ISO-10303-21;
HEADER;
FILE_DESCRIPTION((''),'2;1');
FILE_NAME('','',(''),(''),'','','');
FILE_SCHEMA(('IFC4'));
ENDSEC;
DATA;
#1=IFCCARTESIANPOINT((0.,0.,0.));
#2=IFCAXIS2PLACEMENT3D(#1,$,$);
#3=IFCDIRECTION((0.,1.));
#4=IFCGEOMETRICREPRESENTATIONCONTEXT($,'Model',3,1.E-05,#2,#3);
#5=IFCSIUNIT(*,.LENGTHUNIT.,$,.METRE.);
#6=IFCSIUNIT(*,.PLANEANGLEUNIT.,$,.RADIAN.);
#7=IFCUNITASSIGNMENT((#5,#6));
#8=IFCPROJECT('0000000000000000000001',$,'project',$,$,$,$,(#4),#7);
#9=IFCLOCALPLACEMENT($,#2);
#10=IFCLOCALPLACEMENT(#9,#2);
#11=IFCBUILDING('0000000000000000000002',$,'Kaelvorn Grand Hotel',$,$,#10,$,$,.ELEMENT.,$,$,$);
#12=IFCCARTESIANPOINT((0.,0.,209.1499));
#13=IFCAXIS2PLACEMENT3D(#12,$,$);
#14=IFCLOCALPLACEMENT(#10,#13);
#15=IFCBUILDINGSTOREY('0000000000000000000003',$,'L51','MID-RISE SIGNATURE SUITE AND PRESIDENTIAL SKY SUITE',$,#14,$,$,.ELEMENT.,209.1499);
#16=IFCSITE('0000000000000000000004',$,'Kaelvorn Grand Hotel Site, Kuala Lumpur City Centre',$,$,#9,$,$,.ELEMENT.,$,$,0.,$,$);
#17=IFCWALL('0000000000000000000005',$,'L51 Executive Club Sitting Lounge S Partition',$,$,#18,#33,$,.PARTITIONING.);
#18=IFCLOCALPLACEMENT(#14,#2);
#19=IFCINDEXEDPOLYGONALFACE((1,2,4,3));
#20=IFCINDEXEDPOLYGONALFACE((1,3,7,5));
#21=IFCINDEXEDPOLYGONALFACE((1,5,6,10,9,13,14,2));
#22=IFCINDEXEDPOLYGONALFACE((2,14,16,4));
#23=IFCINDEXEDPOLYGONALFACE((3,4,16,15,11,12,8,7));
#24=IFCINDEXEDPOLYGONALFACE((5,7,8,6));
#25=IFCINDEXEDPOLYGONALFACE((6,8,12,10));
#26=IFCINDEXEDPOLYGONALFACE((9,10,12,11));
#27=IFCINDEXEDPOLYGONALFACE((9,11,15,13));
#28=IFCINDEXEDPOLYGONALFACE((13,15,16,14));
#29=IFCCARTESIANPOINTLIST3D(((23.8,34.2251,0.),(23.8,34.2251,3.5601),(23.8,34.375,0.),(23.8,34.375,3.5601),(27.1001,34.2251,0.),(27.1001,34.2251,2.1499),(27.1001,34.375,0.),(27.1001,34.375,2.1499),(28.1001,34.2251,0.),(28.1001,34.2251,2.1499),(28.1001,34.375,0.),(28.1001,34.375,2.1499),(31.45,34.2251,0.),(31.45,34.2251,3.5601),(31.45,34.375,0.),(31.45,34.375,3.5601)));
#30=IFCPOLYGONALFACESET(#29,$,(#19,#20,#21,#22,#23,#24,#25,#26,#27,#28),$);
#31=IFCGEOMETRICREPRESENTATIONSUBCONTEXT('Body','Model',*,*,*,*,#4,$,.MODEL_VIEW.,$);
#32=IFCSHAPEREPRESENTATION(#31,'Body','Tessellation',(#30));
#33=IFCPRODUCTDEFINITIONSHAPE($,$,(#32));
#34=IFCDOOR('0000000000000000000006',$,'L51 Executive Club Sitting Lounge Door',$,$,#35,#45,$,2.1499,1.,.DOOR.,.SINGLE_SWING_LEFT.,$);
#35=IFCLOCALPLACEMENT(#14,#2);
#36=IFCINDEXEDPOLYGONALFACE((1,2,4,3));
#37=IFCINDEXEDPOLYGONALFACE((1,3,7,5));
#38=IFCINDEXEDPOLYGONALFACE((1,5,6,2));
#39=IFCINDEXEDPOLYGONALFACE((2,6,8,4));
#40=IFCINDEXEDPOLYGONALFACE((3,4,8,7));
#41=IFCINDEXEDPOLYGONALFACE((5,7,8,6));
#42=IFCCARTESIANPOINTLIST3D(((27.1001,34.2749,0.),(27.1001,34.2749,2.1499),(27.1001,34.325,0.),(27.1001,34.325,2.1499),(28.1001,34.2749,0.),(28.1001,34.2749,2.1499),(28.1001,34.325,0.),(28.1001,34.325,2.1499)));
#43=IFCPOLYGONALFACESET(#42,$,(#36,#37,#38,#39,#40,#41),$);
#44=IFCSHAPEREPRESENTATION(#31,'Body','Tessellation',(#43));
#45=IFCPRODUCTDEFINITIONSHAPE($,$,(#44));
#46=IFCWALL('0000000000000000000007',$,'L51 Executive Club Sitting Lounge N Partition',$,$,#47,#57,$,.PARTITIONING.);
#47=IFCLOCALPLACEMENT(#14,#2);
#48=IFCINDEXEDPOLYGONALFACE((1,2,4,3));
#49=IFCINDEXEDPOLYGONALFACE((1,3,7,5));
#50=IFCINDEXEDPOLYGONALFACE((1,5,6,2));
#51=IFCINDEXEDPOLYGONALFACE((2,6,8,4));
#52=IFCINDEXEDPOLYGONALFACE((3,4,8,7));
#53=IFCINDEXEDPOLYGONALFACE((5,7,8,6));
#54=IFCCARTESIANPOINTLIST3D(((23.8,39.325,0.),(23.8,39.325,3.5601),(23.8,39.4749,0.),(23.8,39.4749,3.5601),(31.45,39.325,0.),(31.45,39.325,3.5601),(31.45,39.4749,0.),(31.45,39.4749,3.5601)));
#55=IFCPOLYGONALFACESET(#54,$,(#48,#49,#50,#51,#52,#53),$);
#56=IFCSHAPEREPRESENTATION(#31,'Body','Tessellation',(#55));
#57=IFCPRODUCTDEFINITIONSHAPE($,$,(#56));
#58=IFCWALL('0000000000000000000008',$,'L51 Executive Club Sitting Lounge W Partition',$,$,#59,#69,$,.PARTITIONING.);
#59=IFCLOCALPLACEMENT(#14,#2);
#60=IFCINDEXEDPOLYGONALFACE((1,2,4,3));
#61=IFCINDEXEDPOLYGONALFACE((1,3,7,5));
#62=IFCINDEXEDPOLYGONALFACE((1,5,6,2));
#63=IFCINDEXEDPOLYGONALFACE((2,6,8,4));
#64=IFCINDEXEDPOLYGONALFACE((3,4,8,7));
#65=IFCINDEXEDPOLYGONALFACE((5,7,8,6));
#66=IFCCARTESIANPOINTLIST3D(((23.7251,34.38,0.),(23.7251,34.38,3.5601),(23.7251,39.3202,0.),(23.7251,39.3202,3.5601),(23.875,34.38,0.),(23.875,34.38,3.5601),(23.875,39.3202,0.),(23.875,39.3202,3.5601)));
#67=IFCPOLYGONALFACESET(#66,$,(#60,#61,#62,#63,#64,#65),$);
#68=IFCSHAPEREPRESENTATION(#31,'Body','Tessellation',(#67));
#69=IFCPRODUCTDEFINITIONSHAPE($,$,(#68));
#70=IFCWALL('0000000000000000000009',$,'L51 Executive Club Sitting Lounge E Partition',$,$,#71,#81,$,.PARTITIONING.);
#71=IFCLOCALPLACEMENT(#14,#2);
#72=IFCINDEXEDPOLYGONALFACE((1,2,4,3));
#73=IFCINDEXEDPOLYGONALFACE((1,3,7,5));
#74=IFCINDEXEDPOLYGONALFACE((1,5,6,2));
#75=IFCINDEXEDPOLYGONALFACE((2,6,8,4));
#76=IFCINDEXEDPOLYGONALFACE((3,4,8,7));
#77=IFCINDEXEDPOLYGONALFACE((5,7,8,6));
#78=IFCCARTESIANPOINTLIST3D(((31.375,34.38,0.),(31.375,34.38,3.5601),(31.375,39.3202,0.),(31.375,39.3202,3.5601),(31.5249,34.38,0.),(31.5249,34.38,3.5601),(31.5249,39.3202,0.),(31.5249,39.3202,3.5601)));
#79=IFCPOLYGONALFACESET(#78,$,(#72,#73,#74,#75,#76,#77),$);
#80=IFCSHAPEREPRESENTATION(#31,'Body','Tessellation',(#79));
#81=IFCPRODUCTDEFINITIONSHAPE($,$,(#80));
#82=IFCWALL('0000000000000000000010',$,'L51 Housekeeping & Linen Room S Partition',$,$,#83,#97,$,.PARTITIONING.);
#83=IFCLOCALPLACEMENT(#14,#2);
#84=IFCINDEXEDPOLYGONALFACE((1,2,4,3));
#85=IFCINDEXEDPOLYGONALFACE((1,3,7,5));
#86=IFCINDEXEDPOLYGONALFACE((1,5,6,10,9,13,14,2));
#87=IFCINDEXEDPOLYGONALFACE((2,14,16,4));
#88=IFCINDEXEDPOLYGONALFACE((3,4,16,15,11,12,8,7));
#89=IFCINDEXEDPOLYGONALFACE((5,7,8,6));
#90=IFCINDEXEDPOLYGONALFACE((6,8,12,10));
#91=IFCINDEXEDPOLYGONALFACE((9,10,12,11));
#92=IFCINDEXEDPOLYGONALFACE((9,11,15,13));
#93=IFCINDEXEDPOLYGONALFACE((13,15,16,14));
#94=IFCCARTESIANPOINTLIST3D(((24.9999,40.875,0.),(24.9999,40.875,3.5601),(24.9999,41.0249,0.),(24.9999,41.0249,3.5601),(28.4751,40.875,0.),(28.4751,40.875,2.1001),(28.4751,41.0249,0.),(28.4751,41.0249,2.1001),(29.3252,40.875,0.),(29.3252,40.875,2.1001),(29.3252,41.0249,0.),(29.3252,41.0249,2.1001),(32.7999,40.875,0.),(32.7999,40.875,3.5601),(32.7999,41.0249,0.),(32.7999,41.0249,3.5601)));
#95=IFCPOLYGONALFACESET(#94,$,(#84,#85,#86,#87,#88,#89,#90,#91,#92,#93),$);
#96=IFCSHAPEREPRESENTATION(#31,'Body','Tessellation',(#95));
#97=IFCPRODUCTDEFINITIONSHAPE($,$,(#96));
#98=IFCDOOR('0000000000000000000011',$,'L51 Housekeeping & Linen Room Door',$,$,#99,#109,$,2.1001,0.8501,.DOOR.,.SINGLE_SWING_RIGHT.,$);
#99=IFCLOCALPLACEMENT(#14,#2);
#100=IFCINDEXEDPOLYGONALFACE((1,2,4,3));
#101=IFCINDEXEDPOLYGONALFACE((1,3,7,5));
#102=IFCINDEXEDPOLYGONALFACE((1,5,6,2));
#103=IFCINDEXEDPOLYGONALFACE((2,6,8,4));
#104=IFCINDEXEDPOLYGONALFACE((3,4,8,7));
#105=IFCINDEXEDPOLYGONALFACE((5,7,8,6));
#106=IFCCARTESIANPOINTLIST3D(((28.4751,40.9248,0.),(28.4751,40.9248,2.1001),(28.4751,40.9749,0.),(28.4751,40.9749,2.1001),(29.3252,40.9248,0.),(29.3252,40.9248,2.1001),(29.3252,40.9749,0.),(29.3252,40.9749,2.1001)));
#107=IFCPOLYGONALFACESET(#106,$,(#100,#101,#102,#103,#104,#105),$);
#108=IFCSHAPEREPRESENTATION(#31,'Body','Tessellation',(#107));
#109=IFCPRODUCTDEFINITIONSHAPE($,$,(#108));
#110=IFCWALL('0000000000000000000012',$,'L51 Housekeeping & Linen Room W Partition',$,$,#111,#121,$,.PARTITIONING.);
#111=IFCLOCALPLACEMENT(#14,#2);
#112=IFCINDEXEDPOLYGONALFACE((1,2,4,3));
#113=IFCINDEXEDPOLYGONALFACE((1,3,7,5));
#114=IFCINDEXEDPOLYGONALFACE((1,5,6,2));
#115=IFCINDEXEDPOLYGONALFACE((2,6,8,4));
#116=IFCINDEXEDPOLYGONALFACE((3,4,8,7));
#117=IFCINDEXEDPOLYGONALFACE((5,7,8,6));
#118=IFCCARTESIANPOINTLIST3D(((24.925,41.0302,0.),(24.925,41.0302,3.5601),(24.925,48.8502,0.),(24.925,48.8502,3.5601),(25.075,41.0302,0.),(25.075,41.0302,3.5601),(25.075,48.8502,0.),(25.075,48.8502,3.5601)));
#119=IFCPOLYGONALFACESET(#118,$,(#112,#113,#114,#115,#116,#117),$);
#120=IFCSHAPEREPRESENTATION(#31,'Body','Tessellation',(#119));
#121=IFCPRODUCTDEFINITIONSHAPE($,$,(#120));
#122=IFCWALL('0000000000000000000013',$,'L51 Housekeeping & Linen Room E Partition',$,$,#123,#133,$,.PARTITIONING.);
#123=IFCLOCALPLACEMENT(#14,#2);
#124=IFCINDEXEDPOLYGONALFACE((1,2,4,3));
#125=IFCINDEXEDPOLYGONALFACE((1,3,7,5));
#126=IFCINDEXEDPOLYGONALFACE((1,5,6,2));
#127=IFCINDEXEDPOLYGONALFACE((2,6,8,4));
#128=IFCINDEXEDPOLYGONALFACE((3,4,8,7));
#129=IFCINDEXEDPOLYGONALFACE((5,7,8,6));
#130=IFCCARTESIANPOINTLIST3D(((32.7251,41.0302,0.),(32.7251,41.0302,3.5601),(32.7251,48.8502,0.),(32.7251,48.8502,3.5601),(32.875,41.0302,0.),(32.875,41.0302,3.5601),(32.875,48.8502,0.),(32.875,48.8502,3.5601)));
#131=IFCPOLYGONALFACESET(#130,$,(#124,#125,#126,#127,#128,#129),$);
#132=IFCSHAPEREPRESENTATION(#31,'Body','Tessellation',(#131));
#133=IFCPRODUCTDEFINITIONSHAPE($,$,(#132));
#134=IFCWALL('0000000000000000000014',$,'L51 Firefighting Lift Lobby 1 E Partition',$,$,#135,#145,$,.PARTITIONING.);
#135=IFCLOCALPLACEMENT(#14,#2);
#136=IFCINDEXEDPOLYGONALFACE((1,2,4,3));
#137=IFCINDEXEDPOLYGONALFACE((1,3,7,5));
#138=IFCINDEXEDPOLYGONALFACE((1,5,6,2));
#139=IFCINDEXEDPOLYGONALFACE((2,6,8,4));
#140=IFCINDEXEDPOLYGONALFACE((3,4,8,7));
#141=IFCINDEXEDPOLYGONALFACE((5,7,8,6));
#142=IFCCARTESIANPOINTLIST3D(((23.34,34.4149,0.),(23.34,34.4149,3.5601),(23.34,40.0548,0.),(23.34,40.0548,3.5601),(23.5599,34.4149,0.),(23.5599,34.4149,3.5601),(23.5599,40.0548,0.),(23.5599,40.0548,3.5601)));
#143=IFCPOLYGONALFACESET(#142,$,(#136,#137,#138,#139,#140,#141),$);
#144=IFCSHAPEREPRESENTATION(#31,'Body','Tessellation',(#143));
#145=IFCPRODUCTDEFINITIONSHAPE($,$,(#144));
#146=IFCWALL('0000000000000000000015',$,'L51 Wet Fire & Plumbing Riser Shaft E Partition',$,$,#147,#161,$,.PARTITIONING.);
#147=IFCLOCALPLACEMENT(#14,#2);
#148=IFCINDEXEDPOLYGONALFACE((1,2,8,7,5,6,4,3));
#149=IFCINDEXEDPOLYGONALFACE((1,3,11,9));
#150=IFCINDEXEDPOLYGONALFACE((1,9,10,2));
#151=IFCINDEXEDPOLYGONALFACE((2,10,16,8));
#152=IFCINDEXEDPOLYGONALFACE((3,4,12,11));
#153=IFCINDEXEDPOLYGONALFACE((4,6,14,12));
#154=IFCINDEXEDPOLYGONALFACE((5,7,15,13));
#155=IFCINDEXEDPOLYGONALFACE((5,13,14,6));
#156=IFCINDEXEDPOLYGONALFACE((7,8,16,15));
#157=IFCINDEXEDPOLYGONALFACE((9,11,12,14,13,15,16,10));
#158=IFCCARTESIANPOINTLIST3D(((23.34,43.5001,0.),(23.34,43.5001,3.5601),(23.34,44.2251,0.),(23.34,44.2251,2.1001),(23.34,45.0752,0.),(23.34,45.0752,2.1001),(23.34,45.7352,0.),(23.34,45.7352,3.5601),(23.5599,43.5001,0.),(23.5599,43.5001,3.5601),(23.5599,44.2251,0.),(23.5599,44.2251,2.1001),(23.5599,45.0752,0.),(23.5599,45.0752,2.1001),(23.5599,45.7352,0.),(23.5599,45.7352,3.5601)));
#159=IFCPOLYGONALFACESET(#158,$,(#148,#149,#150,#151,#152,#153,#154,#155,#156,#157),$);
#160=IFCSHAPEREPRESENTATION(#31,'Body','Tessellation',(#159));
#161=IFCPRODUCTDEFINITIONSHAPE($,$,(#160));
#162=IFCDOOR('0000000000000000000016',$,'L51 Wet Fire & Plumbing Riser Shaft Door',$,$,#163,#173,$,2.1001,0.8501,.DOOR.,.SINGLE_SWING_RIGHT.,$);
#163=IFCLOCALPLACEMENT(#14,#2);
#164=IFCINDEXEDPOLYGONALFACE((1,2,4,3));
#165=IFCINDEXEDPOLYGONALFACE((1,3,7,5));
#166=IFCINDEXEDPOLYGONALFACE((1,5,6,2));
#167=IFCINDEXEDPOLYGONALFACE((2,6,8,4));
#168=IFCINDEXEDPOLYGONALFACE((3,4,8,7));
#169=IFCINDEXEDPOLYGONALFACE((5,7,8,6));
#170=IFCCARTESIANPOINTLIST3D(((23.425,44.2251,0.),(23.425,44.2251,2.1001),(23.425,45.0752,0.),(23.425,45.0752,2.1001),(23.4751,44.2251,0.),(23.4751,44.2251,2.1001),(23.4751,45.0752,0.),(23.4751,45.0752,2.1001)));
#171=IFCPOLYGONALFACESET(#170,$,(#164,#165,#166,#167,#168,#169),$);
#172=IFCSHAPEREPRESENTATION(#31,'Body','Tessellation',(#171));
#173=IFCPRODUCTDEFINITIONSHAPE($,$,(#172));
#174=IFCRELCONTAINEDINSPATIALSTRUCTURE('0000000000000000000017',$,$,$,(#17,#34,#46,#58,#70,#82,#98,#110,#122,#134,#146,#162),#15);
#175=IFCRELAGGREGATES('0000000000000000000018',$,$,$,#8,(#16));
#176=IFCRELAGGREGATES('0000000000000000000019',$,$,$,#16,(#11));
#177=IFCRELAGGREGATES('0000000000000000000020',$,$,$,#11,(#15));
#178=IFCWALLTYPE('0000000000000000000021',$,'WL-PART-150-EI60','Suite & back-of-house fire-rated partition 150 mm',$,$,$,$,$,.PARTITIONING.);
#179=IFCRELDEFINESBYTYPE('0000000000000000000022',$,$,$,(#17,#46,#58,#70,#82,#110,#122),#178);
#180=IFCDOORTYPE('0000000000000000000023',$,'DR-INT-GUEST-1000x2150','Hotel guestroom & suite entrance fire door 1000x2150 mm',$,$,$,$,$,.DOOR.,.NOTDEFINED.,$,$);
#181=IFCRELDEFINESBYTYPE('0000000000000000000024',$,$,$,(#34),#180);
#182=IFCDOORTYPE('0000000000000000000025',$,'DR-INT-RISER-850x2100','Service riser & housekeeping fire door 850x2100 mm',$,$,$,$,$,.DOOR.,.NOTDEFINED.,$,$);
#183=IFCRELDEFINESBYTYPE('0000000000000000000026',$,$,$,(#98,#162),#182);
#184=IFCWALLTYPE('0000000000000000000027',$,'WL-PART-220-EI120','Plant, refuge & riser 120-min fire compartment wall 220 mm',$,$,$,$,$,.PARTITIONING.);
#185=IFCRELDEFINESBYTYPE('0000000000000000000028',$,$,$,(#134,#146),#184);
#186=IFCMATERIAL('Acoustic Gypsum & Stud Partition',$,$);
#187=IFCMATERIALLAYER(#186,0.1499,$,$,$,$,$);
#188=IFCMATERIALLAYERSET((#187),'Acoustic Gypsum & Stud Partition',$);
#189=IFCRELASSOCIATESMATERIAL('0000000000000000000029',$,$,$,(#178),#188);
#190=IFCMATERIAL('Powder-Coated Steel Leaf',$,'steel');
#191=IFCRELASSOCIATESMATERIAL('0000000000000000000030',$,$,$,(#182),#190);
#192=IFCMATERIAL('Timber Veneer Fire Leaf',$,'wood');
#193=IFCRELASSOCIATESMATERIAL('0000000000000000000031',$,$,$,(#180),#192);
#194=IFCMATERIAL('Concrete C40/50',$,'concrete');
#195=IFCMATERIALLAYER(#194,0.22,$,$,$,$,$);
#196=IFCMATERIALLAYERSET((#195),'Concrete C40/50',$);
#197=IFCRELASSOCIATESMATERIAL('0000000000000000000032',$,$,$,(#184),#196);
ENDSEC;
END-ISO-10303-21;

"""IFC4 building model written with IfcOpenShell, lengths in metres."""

from ifc_helpers import new_model, si_unit, direction, frame, frame_2d, origin, place, context, subcontext, project, spatial, rectangle, extrude, material, layer, layer_set, type_object, element, fill, save


model = new_model("IFC4")

# Units and contexts
model_context = context("Model", 3, precision=1e-05, world=origin(), true_north=direction((0.0, 1.0)))
body_context = subcontext(model_context, "Body", "Model", "MODEL_VIEW")
ifc_project = project(units=[si_unit("LENGTHUNIT", "METRE"), si_unit("PLANEANGLEUNIT", "RADIAN")], contexts=[model_context])

# Site, building, storey
site_placement = place(None, origin())
site = spatial("IfcSite", under=ifc_project, at=site_placement, Name="Kaelvorn Grand Hotel Site, Kuala Lumpur City Centre", CompositionType="ELEMENT", RefElevation=0.0)
building_placement = place(site_placement, origin())
building = spatial("IfcBuilding", under=site, at=building_placement, Name="Kaelvorn Grand Hotel", CompositionType="ELEMENT")
storey_placement = place(building_placement, frame((0.0, 0.0, 209.1499)))
storey = spatial("IfcBuildingStorey", under=building, at=storey_placement, Name="L51", Description="MID-RISE SIGNATURE SUITE AND PRESIDENTIAL SKY SUITE", CompositionType="ELEMENT", Elevation=209.1499)

# Shared definitions
ifc_material_1 = material(Name="Acoustic Gypsum & Stud Partition")
ifc_layer_1 = layer(ifc_material_1, 0.1499)
ifc_layer_set_1 = layer_set([ifc_layer_1], Name="Acoustic Gypsum & Stud Partition")
wall_type_1 = type_object("IfcWallType", Name="WL-PART-150-EI60", Description="Suite & back-of-house fire-rated partition 150 mm", PredefinedType="PARTITIONING", material=ifc_layer_set_1)
ifc_material_2 = material(Name="Powder-Coated Steel Leaf", Category="steel")
door_type_1 = type_object("IfcDoorType", Name="DR-INT-RISER-850x2100", Description="Service riser & housekeeping fire door 850x2100 mm", OperationType="NOTDEFINED", PredefinedType="DOOR", material=ifc_material_2)

# Wall, opening, door
wall_1_placement = place(storey_placement, frame((23.8, 34.3, 0.0), z_axis=(0.0, 0.0, 1.0), x_axis=(1.0, 0.0, 0.0)))
wall_1 = element("IfcWall", 1, at=wall_1_placement, inside=storey, type_object=wall_type_1, Name="L51 Executive Club Sitting Lounge S Partition", PredefinedType="PARTITIONING", context=body_context, shape_type="SweptSolid", body=[
    extrude(rectangle(XDim=7.6499, YDim=0.1499, at=frame_2d((3.825, 0.0))), origin(), (0.0, 0.0, 1.0), 3.5601),
])
opening_1_placement = place(wall_1_placement, frame((3.3, 0.0, 0.0)))
opening_1 = element("IfcOpeningElement", 2, at=opening_1_placement, cuts=wall_1, PredefinedType="OPENING", context=body_context, shape_type="SweptSolid", body=[
    extrude(rectangle(XDim=1.0, YDim=2.1499, at=frame_2d((0.5, 1.075))), frame((0.0, 0.085, 0.0), z_axis=(0.0, -1.0, 0.0), x_axis=(1.0, 0.0, 0.0)), (0.0, 0.0, 1.0), 0.1699),
])
ifc_material_3 = material(Name="Timber Veneer Fire Leaf", Category="wood")
door_type_2 = type_object("IfcDoorType", Name="DR-INT-GUEST-1000x2150", Description="Hotel guestroom & suite entrance fire door 1000x2150 mm", OperationType="NOTDEFINED", PredefinedType="DOOR", material=ifc_material_3)
door_1_placement = place(opening_1_placement, origin())
door_1 = element("IfcDoor", 3, at=door_1_placement, inside=storey, type_object=door_type_2, Name="L51 Executive Club Sitting Lounge Door", OperationType="SINGLE_SWING_LEFT", OverallHeight=2.1499, OverallWidth=1.0, PredefinedType="DOOR", context=body_context, shape_type="SweptSolid", body=[
    extrude(rectangle(XDim=1.0, YDim=2.1499, at=frame_2d((0.5, 1.075))), frame((0.0, 0.0249, 0.0), z_axis=(0.0, -1.0, 0.0), x_axis=(1.0, 0.0, 0.0)), (0.0, 0.0, 1.0), 0.05),
])
fill(opening_1, door_1)

# Walls
wall_2_placement = place(storey_placement, frame((23.8, 39.3999, 0.0), z_axis=(0.0, 0.0, 1.0), x_axis=(1.0, 0.0, 0.0)))
element("IfcWall", 4, at=wall_2_placement, inside=storey, type_object=wall_type_1, Name="L51 Executive Club Sitting Lounge N Partition", PredefinedType="PARTITIONING", context=body_context, shape_type="SweptSolid", body=[
    extrude(rectangle(XDim=7.6499, YDim=0.1499, at=frame_2d((3.825, 0.0))), origin(), (0.0, 0.0, 1.0), 3.5601),
])
for number, where, z_axis, x_axis, name in (
    (5, (23.8, 34.3799, 0.0), (0.0, 0.0, 1.0), (0.0, 1.0, 0.0), "L51 Executive Club Sitting Lounge W Partition"),
    (6, (31.45, 34.3799, 0.0), (0.0, 0.0, 1.0), (0.0, 1.0, 0.0), "L51 Executive Club Sitting Lounge E Partition"),
):
    element("IfcWall", number, at=place(storey_placement, frame(where, z_axis=z_axis, x_axis=x_axis)), inside=storey, type_object=wall_type_1, Name=name, PredefinedType="PARTITIONING", context=body_context, shape_type="SweptSolid", body=[
        extrude(rectangle(XDim=4.9402, YDim=0.1499, at=frame_2d((2.4702, 0.0))), origin(), (0.0, 0.0, 1.0), 3.5601),
    ])

# Wall, opening, door
wall_3_placement = place(storey_placement, frame((25.0, 40.95, 0.0), z_axis=(0.0, 0.0, 1.0), x_axis=(1.0, 0.0, 0.0)))
wall_3 = element("IfcWall", 7, at=wall_3_placement, inside=storey, type_object=wall_type_1, Name="L51 Housekeeping & Linen Room S Partition", PredefinedType="PARTITIONING", context=body_context, shape_type="SweptSolid", body=[
    extrude(rectangle(XDim=7.8, YDim=0.1499, at=frame_2d((3.8999, 0.0))), origin(), (0.0, 0.0, 1.0), 3.5601),
])
opening_2_placement = place(wall_3_placement, frame((3.4751, 0.0, 0.0)))
opening_2 = element("IfcOpeningElement", 8, at=opening_2_placement, cuts=wall_3, PredefinedType="OPENING", context=body_context, shape_type="SweptSolid", body=[
    extrude(rectangle(XDim=0.8501, YDim=2.1001, at=frame_2d((0.425, 1.05))), frame((0.0, 0.085, 0.0), z_axis=(0.0, -1.0, 0.0), x_axis=(1.0, 0.0, 0.0)), (0.0, 0.0, 1.0), 0.1699),
])
door_2_placement = place(opening_2_placement, origin())
door_2 = element("IfcDoor", 9, at=door_2_placement, inside=storey, type_object=door_type_1, Name="L51 Housekeeping & Linen Room Door", OperationType="SINGLE_SWING_RIGHT", OverallHeight=2.1001, OverallWidth=0.8501, PredefinedType="DOOR", context=body_context, shape_type="SweptSolid", body=[
    extrude(rectangle(XDim=0.8501, YDim=2.1001, at=frame_2d((0.425, 1.05))), frame((0.0, 0.0249, 0.0), z_axis=(0.0, -1.0, 0.0), x_axis=(1.0, 0.0, 0.0)), (0.0, 0.0, 1.0), 0.05),
])
fill(opening_2, door_2)

# Walls
for number, where, z_axis, x_axis, name in (
    (10, (25.0, 41.03, 0.0), (0.0, 0.0, 1.0), (0.0, 1.0, 0.0), "L51 Housekeeping & Linen Room W Partition"),
    (11, (32.8, 41.03, 0.0), (0.0, 0.0, 1.0), (0.0, 1.0, 0.0), "L51 Housekeeping & Linen Room E Partition"),
):
    element("IfcWall", number, at=place(storey_placement, frame(where, z_axis=z_axis, x_axis=x_axis)), inside=storey, type_object=wall_type_1, Name=name, PredefinedType="PARTITIONING", context=body_context, shape_type="SweptSolid", body=[
        extrude(rectangle(XDim=7.8201, YDim=0.1499, at=frame_2d((3.9102, 0.0))), origin(), (0.0, 0.0, 1.0), 3.5601),
    ])

# Wall
ifc_material_4 = material(Name="Concrete C40/50", Category="concrete")
ifc_layer_2 = layer(ifc_material_4, 0.22)
ifc_layer_set_2 = layer_set([ifc_layer_2], Name="Concrete C40/50")
wall_type_2 = type_object("IfcWallType", Name="WL-PART-220-EI120", Description="Plant, refuge & riser 120-min fire compartment wall 220 mm", PredefinedType="PARTITIONING", material=ifc_layer_set_2)
wall_4_placement = place(storey_placement, frame((23.45, 34.415, 0.0), z_axis=(0.0, 0.0, 1.0), x_axis=(0.0, 1.0, 0.0)))
element("IfcWall", 12, at=wall_4_placement, inside=storey, type_object=wall_type_2, Name="L51 Firefighting Lift Lobby 1 E Partition", PredefinedType="PARTITIONING", context=body_context, shape_type="SweptSolid", body=[
    extrude(rectangle(XDim=5.6399, YDim=0.22, at=frame_2d((2.8198, 0.0))), origin(), (0.0, 0.0, 1.0), 3.5601),
])

# Wall, opening, door
wall_5_placement = place(storey_placement, frame((23.45, 43.5, 0.0), z_axis=(0.0, 0.0, 1.0), x_axis=(0.0, 1.0, 0.0)))
wall_5 = element("IfcWall", 13, at=wall_5_placement, inside=storey, type_object=wall_type_2, Name="L51 Wet Fire & Plumbing Riser Shaft E Partition", PredefinedType="PARTITIONING", context=body_context, shape_type="SweptSolid", body=[
    extrude(rectangle(XDim=2.2351, YDim=0.22, at=frame_2d((1.1177, 0.0))), origin(), (0.0, 0.0, 1.0), 3.5601),
])
opening_3_placement = place(wall_5_placement, frame((0.7251, 0.0, 0.0)))
opening_3 = element("IfcOpeningElement", 14, at=opening_3_placement, cuts=wall_5, PredefinedType="OPENING", context=body_context, shape_type="SweptSolid", body=[
    extrude(rectangle(XDim=0.8501, YDim=2.1001, at=frame_2d((0.425, 1.05))), frame((0.0, 0.1201, 0.0), z_axis=(0.0, -1.0, 0.0), x_axis=(1.0, 0.0, 0.0)), (0.0, 0.0, 1.0), 0.24),
])
door_3_placement = place(opening_3_placement, origin())
door_3 = element("IfcDoor", 15, at=door_3_placement, inside=storey, type_object=door_type_1, Name="L51 Wet Fire & Plumbing Riser Shaft Door", OperationType="SINGLE_SWING_RIGHT", OverallHeight=2.1001, OverallWidth=0.8501, PredefinedType="DOOR", context=body_context, shape_type="SweptSolid", body=[
    extrude(rectangle(XDim=0.8501, YDim=2.1001, at=frame_2d((0.425, 1.05))), frame((0.0, 0.0249, 0.0), z_axis=(0.0, -1.0, 0.0), x_axis=(1.0, 0.0, 0.0)), (0.0, 0.0, 1.0), 0.05),
])
fill(opening_3, door_3)

save(model, "model.ifc")
